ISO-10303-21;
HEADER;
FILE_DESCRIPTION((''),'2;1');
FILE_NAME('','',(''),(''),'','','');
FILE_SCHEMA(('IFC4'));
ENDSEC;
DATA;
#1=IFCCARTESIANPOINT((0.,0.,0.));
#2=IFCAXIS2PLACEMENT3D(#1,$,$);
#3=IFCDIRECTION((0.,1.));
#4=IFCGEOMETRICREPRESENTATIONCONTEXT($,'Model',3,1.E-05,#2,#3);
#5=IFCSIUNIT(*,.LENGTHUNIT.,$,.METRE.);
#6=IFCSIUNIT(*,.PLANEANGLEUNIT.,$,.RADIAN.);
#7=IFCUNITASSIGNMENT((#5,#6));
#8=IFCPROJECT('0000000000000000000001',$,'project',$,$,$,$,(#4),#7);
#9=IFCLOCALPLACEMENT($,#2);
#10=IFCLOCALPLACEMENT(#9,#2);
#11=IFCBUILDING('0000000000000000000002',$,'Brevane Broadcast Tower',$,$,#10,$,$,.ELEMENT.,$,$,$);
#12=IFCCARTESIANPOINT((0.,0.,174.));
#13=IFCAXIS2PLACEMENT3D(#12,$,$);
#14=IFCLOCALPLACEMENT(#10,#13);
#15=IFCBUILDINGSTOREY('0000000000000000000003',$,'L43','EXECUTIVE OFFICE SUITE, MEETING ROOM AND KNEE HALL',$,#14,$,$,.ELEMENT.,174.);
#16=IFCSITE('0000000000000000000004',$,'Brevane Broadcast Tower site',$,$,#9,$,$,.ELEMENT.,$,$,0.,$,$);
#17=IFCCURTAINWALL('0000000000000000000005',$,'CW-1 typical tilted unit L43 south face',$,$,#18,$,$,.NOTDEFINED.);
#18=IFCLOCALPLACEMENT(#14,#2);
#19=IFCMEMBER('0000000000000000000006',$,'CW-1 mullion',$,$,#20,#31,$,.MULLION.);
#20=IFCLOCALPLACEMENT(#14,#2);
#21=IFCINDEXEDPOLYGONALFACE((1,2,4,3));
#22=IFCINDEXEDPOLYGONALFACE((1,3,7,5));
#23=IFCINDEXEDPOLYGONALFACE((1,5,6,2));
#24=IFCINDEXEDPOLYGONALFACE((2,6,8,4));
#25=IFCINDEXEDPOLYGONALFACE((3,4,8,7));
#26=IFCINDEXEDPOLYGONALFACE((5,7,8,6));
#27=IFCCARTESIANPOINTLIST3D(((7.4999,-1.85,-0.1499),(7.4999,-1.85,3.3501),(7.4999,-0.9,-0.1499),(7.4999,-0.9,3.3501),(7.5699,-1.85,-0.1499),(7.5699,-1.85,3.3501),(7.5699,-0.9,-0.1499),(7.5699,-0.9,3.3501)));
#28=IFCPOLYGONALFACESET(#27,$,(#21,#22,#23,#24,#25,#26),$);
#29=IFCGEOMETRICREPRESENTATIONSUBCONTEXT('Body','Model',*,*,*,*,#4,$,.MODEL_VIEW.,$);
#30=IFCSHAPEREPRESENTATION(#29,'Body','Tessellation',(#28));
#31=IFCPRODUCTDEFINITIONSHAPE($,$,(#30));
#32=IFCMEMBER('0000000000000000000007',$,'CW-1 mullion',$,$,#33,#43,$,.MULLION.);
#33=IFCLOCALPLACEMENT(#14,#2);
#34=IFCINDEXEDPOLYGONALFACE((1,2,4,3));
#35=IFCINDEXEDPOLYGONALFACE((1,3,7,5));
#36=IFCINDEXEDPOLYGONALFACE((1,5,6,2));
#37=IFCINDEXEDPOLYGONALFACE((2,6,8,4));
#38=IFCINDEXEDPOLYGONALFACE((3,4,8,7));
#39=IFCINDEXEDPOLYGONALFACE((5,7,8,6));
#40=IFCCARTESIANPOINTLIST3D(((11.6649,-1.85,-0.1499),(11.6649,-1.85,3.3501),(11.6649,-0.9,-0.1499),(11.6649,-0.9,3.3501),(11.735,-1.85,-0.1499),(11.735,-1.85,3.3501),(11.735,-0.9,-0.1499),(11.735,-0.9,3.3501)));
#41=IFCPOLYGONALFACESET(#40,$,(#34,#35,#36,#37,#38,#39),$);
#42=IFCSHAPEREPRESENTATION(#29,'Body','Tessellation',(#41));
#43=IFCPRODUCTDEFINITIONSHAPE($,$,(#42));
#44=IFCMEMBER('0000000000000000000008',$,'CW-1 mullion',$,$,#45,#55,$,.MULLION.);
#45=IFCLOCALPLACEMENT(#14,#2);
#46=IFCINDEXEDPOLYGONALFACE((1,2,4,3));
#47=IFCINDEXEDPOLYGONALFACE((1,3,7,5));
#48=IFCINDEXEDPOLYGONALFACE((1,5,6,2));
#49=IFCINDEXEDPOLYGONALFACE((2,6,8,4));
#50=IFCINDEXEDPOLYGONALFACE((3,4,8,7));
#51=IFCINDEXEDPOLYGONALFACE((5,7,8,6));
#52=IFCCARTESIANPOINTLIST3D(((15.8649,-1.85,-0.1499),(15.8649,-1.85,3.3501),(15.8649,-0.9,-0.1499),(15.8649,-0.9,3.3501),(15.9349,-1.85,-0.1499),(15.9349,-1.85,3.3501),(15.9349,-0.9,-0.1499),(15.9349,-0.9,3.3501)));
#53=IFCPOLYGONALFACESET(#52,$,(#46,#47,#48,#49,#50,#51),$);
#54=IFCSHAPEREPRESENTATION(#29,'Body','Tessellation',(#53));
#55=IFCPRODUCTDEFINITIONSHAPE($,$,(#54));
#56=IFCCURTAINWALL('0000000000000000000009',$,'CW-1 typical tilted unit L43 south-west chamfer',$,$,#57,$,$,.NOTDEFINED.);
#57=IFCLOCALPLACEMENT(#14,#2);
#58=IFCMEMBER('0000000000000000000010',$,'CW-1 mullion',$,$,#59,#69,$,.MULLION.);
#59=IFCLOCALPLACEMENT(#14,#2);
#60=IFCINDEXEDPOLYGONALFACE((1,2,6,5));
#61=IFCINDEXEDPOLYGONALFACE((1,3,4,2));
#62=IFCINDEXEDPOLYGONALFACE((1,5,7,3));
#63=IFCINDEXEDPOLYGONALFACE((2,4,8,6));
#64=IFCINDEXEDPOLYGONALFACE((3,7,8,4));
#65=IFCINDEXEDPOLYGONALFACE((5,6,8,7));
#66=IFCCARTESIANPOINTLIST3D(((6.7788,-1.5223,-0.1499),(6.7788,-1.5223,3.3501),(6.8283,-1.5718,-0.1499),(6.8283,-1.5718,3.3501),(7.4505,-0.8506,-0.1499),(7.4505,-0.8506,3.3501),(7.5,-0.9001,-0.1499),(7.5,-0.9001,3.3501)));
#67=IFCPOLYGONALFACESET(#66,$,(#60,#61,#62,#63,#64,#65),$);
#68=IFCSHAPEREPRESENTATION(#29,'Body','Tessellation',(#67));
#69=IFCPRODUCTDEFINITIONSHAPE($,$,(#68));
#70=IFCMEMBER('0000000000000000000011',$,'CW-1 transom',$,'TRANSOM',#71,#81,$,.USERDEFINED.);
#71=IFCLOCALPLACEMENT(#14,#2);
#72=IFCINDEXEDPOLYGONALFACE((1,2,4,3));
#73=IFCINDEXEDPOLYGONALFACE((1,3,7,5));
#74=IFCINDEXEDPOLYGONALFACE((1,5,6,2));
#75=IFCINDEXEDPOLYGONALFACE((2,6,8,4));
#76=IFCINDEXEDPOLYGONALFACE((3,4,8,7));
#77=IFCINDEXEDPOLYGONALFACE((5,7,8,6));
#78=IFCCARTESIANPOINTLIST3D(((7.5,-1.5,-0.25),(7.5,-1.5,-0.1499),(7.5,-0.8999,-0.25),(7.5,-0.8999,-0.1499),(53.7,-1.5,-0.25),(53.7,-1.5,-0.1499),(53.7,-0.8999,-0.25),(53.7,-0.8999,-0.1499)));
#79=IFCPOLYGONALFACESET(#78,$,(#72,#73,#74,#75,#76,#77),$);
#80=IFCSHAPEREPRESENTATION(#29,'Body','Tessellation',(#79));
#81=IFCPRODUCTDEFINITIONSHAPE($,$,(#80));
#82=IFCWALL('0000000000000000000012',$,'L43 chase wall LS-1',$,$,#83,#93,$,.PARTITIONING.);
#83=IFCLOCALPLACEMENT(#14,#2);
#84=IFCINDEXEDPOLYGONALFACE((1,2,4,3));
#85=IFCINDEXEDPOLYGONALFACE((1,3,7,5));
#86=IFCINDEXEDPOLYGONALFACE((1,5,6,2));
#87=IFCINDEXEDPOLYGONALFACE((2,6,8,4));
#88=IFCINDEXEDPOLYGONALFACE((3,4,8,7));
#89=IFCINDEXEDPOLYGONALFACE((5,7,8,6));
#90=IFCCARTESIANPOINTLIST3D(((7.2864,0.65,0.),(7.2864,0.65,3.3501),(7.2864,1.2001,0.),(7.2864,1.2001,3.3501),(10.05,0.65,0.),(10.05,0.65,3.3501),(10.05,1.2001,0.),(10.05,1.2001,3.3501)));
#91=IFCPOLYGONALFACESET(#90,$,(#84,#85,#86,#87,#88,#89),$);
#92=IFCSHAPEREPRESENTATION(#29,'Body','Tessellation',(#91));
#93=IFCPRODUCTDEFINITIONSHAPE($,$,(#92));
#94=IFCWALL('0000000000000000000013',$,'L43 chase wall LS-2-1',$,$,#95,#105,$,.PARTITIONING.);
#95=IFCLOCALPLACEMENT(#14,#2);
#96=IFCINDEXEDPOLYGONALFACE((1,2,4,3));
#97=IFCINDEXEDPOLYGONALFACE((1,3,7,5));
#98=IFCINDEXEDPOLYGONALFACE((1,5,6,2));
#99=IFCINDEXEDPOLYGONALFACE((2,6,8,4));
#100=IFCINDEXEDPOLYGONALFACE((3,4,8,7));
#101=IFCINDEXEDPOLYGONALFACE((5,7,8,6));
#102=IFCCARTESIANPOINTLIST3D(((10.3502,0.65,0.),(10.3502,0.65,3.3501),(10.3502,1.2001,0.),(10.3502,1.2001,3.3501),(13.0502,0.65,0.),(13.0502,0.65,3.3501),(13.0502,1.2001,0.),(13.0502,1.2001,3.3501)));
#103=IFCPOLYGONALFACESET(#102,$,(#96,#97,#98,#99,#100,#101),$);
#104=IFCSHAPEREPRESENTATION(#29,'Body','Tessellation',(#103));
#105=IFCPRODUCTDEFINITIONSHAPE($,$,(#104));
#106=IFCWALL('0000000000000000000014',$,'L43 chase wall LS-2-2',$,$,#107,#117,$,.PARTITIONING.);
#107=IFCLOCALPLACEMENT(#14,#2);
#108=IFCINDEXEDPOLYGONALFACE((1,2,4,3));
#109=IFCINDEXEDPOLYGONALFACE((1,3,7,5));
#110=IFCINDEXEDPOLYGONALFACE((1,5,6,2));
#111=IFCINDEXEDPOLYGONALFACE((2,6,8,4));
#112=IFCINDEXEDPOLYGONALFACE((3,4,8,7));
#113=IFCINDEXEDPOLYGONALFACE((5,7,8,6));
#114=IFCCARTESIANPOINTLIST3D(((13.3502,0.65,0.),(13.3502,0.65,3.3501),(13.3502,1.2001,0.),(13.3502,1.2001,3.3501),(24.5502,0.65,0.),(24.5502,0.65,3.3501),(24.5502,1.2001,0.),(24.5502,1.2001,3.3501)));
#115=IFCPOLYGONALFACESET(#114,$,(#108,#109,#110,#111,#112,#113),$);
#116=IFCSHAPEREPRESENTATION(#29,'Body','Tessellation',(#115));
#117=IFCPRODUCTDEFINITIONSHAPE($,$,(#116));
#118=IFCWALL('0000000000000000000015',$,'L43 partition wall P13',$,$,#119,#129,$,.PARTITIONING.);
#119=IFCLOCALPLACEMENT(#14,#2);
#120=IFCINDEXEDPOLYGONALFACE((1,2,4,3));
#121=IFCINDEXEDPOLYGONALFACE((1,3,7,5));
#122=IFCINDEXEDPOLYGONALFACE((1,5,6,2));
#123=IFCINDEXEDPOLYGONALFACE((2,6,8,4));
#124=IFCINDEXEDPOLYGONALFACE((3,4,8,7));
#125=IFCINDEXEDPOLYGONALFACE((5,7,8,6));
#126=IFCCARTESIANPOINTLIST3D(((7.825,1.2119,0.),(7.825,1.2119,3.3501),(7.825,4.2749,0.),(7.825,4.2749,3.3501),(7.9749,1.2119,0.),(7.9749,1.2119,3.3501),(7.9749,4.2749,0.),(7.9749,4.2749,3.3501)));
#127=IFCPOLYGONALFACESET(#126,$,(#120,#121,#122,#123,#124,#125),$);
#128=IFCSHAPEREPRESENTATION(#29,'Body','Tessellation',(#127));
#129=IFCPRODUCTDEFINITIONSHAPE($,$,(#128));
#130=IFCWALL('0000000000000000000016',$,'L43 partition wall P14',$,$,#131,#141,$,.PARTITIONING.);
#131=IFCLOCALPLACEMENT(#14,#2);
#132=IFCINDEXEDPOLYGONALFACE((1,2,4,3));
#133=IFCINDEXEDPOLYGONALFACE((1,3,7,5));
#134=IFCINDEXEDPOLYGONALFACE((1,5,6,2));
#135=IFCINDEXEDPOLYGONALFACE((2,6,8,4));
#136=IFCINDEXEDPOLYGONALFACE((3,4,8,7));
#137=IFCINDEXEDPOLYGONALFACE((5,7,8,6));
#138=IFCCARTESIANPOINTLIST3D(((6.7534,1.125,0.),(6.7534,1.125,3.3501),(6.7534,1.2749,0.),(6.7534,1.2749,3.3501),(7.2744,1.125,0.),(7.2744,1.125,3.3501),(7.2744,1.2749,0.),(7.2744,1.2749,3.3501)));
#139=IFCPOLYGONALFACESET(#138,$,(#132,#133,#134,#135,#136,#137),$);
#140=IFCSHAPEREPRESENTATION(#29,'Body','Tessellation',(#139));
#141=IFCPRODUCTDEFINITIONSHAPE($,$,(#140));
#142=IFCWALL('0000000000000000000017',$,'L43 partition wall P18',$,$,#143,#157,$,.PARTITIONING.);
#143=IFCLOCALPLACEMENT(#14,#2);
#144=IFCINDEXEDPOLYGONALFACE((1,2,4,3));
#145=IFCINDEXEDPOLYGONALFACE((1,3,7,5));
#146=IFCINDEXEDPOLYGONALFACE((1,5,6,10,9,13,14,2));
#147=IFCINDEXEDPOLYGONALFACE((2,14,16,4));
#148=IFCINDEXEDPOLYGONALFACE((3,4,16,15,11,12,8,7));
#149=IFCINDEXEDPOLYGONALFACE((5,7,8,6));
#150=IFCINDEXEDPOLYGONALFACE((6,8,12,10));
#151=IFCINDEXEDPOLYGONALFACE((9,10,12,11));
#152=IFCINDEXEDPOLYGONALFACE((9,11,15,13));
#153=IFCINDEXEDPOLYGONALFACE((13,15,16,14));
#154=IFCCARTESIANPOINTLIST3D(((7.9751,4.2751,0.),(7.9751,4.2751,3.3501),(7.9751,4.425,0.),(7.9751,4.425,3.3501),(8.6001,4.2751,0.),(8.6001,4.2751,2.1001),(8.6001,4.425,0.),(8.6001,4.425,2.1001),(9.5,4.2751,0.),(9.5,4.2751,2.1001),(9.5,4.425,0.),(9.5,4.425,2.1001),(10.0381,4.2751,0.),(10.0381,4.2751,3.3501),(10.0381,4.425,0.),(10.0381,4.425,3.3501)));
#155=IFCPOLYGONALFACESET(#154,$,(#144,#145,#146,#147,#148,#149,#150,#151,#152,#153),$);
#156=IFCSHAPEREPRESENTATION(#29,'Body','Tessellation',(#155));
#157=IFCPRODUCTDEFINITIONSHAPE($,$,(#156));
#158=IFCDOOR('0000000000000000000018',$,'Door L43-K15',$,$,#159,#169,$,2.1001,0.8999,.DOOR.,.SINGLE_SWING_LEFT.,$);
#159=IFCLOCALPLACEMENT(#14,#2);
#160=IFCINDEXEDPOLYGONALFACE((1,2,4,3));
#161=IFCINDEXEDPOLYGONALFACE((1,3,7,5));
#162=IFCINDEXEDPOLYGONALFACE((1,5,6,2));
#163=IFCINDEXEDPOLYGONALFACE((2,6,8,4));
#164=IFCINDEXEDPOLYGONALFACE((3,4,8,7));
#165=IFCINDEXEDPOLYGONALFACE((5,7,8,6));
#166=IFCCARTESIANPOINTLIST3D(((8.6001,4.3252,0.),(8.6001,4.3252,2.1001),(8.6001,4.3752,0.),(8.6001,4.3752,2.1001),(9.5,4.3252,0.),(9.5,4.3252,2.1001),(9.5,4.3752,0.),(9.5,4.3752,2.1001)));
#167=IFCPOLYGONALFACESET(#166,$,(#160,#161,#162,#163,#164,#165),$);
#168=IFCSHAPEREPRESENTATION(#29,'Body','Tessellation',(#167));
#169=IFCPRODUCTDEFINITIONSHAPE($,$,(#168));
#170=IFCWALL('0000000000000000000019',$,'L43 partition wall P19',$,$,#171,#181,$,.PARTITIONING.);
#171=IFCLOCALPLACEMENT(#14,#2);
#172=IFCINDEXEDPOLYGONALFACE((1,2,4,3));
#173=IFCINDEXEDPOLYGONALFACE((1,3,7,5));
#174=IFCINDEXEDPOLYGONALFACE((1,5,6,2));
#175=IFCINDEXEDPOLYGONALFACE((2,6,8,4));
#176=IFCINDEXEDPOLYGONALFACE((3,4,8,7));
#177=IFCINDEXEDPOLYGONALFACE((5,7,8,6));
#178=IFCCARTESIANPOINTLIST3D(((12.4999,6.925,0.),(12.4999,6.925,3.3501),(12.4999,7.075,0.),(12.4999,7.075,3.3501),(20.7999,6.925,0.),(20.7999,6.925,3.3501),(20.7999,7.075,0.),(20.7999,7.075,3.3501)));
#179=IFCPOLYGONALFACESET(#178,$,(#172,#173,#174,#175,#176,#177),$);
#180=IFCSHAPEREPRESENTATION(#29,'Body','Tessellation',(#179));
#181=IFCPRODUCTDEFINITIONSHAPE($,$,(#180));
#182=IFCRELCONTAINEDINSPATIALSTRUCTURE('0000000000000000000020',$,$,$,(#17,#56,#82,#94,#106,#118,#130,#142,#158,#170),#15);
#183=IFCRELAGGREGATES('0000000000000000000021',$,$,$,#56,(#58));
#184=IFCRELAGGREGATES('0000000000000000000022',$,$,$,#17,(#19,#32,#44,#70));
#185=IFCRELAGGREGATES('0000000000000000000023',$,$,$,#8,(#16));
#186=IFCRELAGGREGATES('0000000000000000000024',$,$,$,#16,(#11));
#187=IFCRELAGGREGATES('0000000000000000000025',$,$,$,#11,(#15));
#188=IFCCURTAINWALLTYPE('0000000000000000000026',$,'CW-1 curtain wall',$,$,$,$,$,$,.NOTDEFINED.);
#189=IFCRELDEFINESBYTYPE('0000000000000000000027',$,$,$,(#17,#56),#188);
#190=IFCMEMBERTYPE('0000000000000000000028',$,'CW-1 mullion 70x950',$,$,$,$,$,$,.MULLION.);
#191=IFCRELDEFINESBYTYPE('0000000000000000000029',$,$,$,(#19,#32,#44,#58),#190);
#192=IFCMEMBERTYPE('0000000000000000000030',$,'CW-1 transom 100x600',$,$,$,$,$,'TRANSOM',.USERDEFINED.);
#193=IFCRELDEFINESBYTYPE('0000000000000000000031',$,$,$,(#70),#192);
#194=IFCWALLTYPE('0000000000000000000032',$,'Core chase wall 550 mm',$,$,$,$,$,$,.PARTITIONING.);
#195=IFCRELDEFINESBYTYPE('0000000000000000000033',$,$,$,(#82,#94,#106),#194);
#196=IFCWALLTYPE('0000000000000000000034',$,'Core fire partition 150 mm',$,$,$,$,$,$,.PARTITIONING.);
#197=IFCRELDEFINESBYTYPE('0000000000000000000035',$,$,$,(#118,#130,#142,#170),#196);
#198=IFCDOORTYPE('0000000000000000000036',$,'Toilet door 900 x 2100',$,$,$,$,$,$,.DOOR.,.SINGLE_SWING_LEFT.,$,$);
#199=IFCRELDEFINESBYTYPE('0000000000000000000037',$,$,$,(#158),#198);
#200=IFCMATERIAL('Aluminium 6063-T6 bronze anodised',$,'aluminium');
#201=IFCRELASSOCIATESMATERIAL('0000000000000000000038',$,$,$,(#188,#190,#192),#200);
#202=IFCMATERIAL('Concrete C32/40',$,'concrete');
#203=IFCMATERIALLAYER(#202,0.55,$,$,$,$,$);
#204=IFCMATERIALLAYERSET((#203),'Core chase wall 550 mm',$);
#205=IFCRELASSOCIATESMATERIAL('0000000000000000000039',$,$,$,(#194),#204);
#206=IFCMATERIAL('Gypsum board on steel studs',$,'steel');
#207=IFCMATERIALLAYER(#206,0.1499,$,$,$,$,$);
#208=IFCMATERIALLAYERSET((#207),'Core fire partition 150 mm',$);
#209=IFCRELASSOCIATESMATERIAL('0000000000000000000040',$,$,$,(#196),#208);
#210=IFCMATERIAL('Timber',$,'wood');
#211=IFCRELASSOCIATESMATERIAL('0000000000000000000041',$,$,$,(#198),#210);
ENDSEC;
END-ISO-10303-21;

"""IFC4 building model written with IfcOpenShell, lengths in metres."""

from ifc_helpers import new_model, si_unit, direction, frame, frame_2d, origin, origin_2d, place, context, subcontext, project, spatial, rectangle, extrude, material, layer, layer_set, material_profile, profile_set, type_object, element, fill, aggregate, save


model = new_model("IFC4")

# Units and contexts
model_context = context("Model", 3, precision=1e-05, world=origin(), true_north=direction((0.0, 1.0)))
body_context = subcontext(model_context, "Body", "Model", "MODEL_VIEW")
ifc_project = project(units=[si_unit("LENGTHUNIT", "METRE"), si_unit("PLANEANGLEUNIT", "RADIAN")], contexts=[model_context])

# Site, building, storey
site_placement = place(None, origin())
site = spatial("IfcSite", under=ifc_project, at=site_placement, Name="Brevane Broadcast Tower site", CompositionType="ELEMENT", RefElevation=0.0)
building_placement = place(site_placement, origin())
building = spatial("IfcBuilding", under=site, at=building_placement, Name="Brevane Broadcast Tower", CompositionType="ELEMENT")
storey_placement = place(building_placement, frame((0.0, 0.0, 174.0)))
storey = spatial("IfcBuildingStorey", under=building, at=storey_placement, Name="L43", Description="EXECUTIVE OFFICE SUITE, MEETING ROOM AND KNEE HALL", CompositionType="ELEMENT", Elevation=174.0)

# Curtain wall, members
ifc_material_1 = material(Name="Aluminium 6063-T6 bronze anodised", Category="aluminium")
curtain_wall_type = type_object("IfcCurtainWallType", Name="CW-1 curtain wall", PredefinedType="NOTDEFINED", material=ifc_material_1)
curtain_wall_1_placement = place(storey_placement, origin())
curtain_wall_1 = element("IfcCurtainWall", 1, at=curtain_wall_1_placement, inside=storey, type_object=curtain_wall_type, Name="CW-1 typical tilted unit L43 south face", PredefinedType="NOTDEFINED")
ifc_material_profile_1 = material_profile(ifc_material_1, rectangle(XDim=0.95, YDim=0.0701, at=origin_2d()), Name="RECT 70x950")
ifc_profile_set_1 = profile_set([ifc_material_profile_1], Name="Aluminium 6063-T6 bronze anodised")
member_type_1 = type_object("IfcMemberType", Name="CW-1 mullion 70x950", PredefinedType="MULLION", material=ifc_profile_set_1)
member_1_placement = place(storey_placement, frame((7.5349, -1.375, -0.1499), z_axis=(0.0, 0.0, 1.0), x_axis=(0.0, 1.0, 0.0)))
member_1 = element("IfcMember", 2, at=member_1_placement, type_object=member_type_1, Name="CW-1 mullion", PredefinedType="MULLION", context=body_context, shape_type="SweptSolid", body=[
    extrude(rectangle(XDim=0.95, YDim=0.0701, at=origin_2d()), origin(), (0.0, 0.0, 1.0), 3.5),
])
member_2_placement = place(storey_placement, frame((11.7, -1.375, -0.1499), z_axis=(0.0, 0.0, 1.0), x_axis=(0.0, 1.0, 0.0)))
member_2 = element("IfcMember", 3, at=member_2_placement, type_object=member_type_1, Name="CW-1 mullion", PredefinedType="MULLION", context=body_context, shape_type="SweptSolid", body=[
    extrude(rectangle(XDim=0.95, YDim=0.0701, at=origin_2d()), origin(), (0.0, 0.0, 1.0), 3.5),
])
member_3_placement = place(storey_placement, frame((15.8999, -1.375, -0.1499), z_axis=(0.0, 0.0, 1.0), x_axis=(0.0, 1.0, 0.0)))
member_3 = element("IfcMember", 4, at=member_3_placement, type_object=member_type_1, Name="CW-1 mullion", PredefinedType="MULLION", context=body_context, shape_type="SweptSolid", body=[
    extrude(rectangle(XDim=0.95, YDim=0.0701, at=origin_2d()), origin(), (0.0, 0.0, 1.0), 3.5),
])

# Curtain wall, member
curtain_wall_2_placement = place(storey_placement, origin())
curtain_wall_2 = element("IfcCurtainWall", 5, at=curtain_wall_2_placement, inside=storey, type_object=curtain_wall_type, Name="CW-1 typical tilted unit L43 south-west chamfer", PredefinedType="NOTDEFINED")
member_4_placement = place(storey_placement, frame((7.1394, -1.2112, -0.1499), z_axis=(0.0, 0.0, 1.0), x_axis=(0.707107, 0.707107, 0.0)))
member_4 = element("IfcMember", 6, at=member_4_placement, type_object=member_type_1, Name="CW-1 mullion", PredefinedType="MULLION", context=body_context, shape_type="SweptSolid", body=[
    extrude(rectangle(XDim=0.95, YDim=0.0701, at=origin_2d()), origin(), (0.0, 0.0, 1.0), 3.5),
])
aggregate(curtain_wall_2, [member_4])

# Member
ifc_material_profile_2 = material_profile(ifc_material_1, rectangle(XDim=0.6001, YDim=0.1001, at=origin_2d()), Name="RECT 100x600")
ifc_profile_set_2 = profile_set([ifc_material_profile_2], Name="Aluminium 6063-T6 bronze anodised")
member_type_2 = type_object("IfcMemberType", Name="CW-1 transom 100x600", ElementType="TRANSOM", PredefinedType="USERDEFINED", material=ifc_profile_set_2)
member_5_placement = place(storey_placement, frame((7.5, -1.2, -0.2), z_axis=(1.0, 0.0, 0.0), x_axis=(0.0, 1.0, 0.0)))
member_5 = element("IfcMember", 7, at=member_5_placement, type_object=member_type_2, Name="CW-1 transom", ObjectType="TRANSOM", PredefinedType="USERDEFINED", context=body_context, shape_type="SweptSolid", body=[
    extrude(rectangle(XDim=0.6001, YDim=0.1001, at=origin_2d()), origin(), (0.0, 0.0, 1.0), 46.2),
])
aggregate(curtain_wall_1, [member_1, member_2, member_3, member_5])

# Walls
ifc_material_2 = material(Name="Concrete C32/40", Category="concrete")
ifc_layer_1 = layer(ifc_material_2, 0.55)
ifc_layer_set_1 = layer_set([ifc_layer_1], Name="Core chase wall 550 mm")
wall_type_1 = type_object("IfcWallType", Name="Core chase wall 550 mm", PredefinedType="PARTITIONING", material=ifc_layer_set_1)
wall_1_placement = place(storey_placement, frame((7.2864, 0.925, 0.0), z_axis=(0.0, 0.0, 1.0), x_axis=(1.0, 0.0, 0.0)))
element("IfcWall", 8, at=wall_1_placement, inside=storey, type_object=wall_type_1, Name="L43 chase wall LS-1", PredefinedType="PARTITIONING", context=body_context, shape_type="SweptSolid", body=[
    extrude(rectangle(XDim=2.7637, YDim=0.55, at=frame_2d((1.3818, 0.0))), origin(), (0.0, 0.0, 1.0), 3.3501),
])
wall_2_placement = place(storey_placement, frame((10.3501, 0.925, 0.0), z_axis=(0.0, 0.0, 1.0), x_axis=(1.0, 0.0, 0.0)))
element("IfcWall", 9, at=wall_2_placement, inside=storey, type_object=wall_type_1, Name="L43 chase wall LS-2-1", PredefinedType="PARTITIONING", context=body_context, shape_type="SweptSolid", body=[
    extrude(rectangle(XDim=2.7, YDim=0.55, at=frame_2d((1.3501, 0.0))), origin(), (0.0, 0.0, 1.0), 3.3501),
])
wall_3_placement = place(storey_placement, frame((13.3501, 0.925, 0.0), z_axis=(0.0, 0.0, 1.0), x_axis=(1.0, 0.0, 0.0)))
element("IfcWall", 10, at=wall_3_placement, inside=storey, type_object=wall_type_1, Name="L43 chase wall LS-2-2", PredefinedType="PARTITIONING", context=body_context, shape_type="SweptSolid", body=[
    extrude(rectangle(XDim=11.2, YDim=0.55, at=frame_2d((5.6001, 0.0))), origin(), (0.0, 0.0, 1.0), 3.3501),
])
ifc_material_3 = material(Name="Gypsum board on steel studs", Category="steel")
ifc_layer_2 = layer(ifc_material_3, 0.1499)
ifc_layer_set_2 = layer_set([ifc_layer_2], Name="Core fire partition 150 mm")
wall_type_2 = type_object("IfcWallType", Name="Core fire partition 150 mm", PredefinedType="PARTITIONING", material=ifc_layer_set_2)
wall_4_placement = place(storey_placement, frame((7.8999, 4.2749, 0.0), z_axis=(0.0, 0.0, 1.0), x_axis=(0.0, -1.0, 0.0)))
element("IfcWall", 11, at=wall_4_placement, inside=storey, type_object=wall_type_2, Name="L43 partition wall P13", PredefinedType="PARTITIONING", context=body_context, shape_type="SweptSolid", body=[
    extrude(rectangle(XDim=3.063, YDim=0.1499, at=frame_2d((1.5315, 0.0))), origin(), (0.0, 0.0, 1.0), 3.3501),
])
wall_5_placement = place(storey_placement, frame((7.2744, 1.2, 0.0), z_axis=(0.0, 0.0, 1.0), x_axis=(-1.0, 0.0, 0.0)))
element("IfcWall", 12, at=wall_5_placement, inside=storey, type_object=wall_type_2, Name="L43 partition wall P14", PredefinedType="PARTITIONING", context=body_context, shape_type="SweptSolid", body=[
    extrude(rectangle(XDim=0.521, YDim=0.1499, at=frame_2d((0.2605, 0.0))), origin(), (0.0, 0.0, 1.0), 3.3501),
])

# Wall, opening, door
wall_6_placement = place(storey_placement, frame((10.0381, 4.3501, 0.0), z_axis=(0.0, 0.0, 1.0), x_axis=(-1.0, 0.0, 0.0)))
wall_6 = element("IfcWall", 13, at=wall_6_placement, inside=storey, type_object=wall_type_2, Name="L43 partition wall P18", PredefinedType="PARTITIONING", context=body_context, shape_type="SweptSolid", body=[
    extrude(rectangle(XDim=2.063, YDim=0.1499, at=frame_2d((1.0315, 0.0))), origin(), (0.0, 0.0, 1.0), 3.3501),
])
opening_1_placement = place(wall_6_placement, frame((0.5381, 0.0, 0.0)))
opening_1 = element("IfcOpeningElement", 14, at=opening_1_placement, cuts=wall_6, PredefinedType="OPENING", context=body_context, shape_type="SweptSolid", body=[
    extrude(rectangle(XDim=0.8999, YDim=2.1001, at=frame_2d((0.45, 1.05))), frame((0.0, 0.085, 0.0), z_axis=(0.0, -1.0, 0.0), x_axis=(1.0, 0.0, 0.0)), (0.0, 0.0, 1.0), 0.1699),
])
ifc_material_4 = material(Name="Timber", Category="wood")
door_type_1 = type_object("IfcDoorType", Name="Toilet door 900 x 2100", OperationType="SINGLE_SWING_LEFT", PredefinedType="DOOR", material=ifc_material_4)
door_1_placement = place(opening_1_placement, origin())
door_1 = element("IfcDoor", 15, at=door_1_placement, inside=storey, type_object=door_type_1, Name="Door L43-K15", OperationType="SINGLE_SWING_LEFT", OverallHeight=2.1001, OverallWidth=0.8999, PredefinedType="DOOR", context=body_context, shape_type="SweptSolid", body=[
    extrude(rectangle(XDim=0.8999, YDim=2.1001, at=frame_2d((0.45, 1.05))), frame((0.0, 0.0249, 0.0), z_axis=(0.0, -1.0, 0.0), x_axis=(1.0, 0.0, 0.0)), (0.0, 0.0, 1.0), 0.05),
])
fill(opening_1, door_1)

# Wall
wall_7_placement = place(storey_placement, frame((12.5, 7.0, 0.0), z_axis=(0.0, 0.0, 1.0), x_axis=(1.0, 0.0, 0.0)))
element("IfcWall", 16, at=wall_7_placement, inside=storey, type_object=wall_type_2, Name="L43 partition wall P19", PredefinedType="PARTITIONING", context=body_context, shape_type="SweptSolid", body=[
    extrude(rectangle(XDim=8.3, YDim=0.1499, at=frame_2d((4.1499, 0.0))), origin(), (0.0, 0.0, 1.0), 3.3501),
])

save(model, "model.ifc")
